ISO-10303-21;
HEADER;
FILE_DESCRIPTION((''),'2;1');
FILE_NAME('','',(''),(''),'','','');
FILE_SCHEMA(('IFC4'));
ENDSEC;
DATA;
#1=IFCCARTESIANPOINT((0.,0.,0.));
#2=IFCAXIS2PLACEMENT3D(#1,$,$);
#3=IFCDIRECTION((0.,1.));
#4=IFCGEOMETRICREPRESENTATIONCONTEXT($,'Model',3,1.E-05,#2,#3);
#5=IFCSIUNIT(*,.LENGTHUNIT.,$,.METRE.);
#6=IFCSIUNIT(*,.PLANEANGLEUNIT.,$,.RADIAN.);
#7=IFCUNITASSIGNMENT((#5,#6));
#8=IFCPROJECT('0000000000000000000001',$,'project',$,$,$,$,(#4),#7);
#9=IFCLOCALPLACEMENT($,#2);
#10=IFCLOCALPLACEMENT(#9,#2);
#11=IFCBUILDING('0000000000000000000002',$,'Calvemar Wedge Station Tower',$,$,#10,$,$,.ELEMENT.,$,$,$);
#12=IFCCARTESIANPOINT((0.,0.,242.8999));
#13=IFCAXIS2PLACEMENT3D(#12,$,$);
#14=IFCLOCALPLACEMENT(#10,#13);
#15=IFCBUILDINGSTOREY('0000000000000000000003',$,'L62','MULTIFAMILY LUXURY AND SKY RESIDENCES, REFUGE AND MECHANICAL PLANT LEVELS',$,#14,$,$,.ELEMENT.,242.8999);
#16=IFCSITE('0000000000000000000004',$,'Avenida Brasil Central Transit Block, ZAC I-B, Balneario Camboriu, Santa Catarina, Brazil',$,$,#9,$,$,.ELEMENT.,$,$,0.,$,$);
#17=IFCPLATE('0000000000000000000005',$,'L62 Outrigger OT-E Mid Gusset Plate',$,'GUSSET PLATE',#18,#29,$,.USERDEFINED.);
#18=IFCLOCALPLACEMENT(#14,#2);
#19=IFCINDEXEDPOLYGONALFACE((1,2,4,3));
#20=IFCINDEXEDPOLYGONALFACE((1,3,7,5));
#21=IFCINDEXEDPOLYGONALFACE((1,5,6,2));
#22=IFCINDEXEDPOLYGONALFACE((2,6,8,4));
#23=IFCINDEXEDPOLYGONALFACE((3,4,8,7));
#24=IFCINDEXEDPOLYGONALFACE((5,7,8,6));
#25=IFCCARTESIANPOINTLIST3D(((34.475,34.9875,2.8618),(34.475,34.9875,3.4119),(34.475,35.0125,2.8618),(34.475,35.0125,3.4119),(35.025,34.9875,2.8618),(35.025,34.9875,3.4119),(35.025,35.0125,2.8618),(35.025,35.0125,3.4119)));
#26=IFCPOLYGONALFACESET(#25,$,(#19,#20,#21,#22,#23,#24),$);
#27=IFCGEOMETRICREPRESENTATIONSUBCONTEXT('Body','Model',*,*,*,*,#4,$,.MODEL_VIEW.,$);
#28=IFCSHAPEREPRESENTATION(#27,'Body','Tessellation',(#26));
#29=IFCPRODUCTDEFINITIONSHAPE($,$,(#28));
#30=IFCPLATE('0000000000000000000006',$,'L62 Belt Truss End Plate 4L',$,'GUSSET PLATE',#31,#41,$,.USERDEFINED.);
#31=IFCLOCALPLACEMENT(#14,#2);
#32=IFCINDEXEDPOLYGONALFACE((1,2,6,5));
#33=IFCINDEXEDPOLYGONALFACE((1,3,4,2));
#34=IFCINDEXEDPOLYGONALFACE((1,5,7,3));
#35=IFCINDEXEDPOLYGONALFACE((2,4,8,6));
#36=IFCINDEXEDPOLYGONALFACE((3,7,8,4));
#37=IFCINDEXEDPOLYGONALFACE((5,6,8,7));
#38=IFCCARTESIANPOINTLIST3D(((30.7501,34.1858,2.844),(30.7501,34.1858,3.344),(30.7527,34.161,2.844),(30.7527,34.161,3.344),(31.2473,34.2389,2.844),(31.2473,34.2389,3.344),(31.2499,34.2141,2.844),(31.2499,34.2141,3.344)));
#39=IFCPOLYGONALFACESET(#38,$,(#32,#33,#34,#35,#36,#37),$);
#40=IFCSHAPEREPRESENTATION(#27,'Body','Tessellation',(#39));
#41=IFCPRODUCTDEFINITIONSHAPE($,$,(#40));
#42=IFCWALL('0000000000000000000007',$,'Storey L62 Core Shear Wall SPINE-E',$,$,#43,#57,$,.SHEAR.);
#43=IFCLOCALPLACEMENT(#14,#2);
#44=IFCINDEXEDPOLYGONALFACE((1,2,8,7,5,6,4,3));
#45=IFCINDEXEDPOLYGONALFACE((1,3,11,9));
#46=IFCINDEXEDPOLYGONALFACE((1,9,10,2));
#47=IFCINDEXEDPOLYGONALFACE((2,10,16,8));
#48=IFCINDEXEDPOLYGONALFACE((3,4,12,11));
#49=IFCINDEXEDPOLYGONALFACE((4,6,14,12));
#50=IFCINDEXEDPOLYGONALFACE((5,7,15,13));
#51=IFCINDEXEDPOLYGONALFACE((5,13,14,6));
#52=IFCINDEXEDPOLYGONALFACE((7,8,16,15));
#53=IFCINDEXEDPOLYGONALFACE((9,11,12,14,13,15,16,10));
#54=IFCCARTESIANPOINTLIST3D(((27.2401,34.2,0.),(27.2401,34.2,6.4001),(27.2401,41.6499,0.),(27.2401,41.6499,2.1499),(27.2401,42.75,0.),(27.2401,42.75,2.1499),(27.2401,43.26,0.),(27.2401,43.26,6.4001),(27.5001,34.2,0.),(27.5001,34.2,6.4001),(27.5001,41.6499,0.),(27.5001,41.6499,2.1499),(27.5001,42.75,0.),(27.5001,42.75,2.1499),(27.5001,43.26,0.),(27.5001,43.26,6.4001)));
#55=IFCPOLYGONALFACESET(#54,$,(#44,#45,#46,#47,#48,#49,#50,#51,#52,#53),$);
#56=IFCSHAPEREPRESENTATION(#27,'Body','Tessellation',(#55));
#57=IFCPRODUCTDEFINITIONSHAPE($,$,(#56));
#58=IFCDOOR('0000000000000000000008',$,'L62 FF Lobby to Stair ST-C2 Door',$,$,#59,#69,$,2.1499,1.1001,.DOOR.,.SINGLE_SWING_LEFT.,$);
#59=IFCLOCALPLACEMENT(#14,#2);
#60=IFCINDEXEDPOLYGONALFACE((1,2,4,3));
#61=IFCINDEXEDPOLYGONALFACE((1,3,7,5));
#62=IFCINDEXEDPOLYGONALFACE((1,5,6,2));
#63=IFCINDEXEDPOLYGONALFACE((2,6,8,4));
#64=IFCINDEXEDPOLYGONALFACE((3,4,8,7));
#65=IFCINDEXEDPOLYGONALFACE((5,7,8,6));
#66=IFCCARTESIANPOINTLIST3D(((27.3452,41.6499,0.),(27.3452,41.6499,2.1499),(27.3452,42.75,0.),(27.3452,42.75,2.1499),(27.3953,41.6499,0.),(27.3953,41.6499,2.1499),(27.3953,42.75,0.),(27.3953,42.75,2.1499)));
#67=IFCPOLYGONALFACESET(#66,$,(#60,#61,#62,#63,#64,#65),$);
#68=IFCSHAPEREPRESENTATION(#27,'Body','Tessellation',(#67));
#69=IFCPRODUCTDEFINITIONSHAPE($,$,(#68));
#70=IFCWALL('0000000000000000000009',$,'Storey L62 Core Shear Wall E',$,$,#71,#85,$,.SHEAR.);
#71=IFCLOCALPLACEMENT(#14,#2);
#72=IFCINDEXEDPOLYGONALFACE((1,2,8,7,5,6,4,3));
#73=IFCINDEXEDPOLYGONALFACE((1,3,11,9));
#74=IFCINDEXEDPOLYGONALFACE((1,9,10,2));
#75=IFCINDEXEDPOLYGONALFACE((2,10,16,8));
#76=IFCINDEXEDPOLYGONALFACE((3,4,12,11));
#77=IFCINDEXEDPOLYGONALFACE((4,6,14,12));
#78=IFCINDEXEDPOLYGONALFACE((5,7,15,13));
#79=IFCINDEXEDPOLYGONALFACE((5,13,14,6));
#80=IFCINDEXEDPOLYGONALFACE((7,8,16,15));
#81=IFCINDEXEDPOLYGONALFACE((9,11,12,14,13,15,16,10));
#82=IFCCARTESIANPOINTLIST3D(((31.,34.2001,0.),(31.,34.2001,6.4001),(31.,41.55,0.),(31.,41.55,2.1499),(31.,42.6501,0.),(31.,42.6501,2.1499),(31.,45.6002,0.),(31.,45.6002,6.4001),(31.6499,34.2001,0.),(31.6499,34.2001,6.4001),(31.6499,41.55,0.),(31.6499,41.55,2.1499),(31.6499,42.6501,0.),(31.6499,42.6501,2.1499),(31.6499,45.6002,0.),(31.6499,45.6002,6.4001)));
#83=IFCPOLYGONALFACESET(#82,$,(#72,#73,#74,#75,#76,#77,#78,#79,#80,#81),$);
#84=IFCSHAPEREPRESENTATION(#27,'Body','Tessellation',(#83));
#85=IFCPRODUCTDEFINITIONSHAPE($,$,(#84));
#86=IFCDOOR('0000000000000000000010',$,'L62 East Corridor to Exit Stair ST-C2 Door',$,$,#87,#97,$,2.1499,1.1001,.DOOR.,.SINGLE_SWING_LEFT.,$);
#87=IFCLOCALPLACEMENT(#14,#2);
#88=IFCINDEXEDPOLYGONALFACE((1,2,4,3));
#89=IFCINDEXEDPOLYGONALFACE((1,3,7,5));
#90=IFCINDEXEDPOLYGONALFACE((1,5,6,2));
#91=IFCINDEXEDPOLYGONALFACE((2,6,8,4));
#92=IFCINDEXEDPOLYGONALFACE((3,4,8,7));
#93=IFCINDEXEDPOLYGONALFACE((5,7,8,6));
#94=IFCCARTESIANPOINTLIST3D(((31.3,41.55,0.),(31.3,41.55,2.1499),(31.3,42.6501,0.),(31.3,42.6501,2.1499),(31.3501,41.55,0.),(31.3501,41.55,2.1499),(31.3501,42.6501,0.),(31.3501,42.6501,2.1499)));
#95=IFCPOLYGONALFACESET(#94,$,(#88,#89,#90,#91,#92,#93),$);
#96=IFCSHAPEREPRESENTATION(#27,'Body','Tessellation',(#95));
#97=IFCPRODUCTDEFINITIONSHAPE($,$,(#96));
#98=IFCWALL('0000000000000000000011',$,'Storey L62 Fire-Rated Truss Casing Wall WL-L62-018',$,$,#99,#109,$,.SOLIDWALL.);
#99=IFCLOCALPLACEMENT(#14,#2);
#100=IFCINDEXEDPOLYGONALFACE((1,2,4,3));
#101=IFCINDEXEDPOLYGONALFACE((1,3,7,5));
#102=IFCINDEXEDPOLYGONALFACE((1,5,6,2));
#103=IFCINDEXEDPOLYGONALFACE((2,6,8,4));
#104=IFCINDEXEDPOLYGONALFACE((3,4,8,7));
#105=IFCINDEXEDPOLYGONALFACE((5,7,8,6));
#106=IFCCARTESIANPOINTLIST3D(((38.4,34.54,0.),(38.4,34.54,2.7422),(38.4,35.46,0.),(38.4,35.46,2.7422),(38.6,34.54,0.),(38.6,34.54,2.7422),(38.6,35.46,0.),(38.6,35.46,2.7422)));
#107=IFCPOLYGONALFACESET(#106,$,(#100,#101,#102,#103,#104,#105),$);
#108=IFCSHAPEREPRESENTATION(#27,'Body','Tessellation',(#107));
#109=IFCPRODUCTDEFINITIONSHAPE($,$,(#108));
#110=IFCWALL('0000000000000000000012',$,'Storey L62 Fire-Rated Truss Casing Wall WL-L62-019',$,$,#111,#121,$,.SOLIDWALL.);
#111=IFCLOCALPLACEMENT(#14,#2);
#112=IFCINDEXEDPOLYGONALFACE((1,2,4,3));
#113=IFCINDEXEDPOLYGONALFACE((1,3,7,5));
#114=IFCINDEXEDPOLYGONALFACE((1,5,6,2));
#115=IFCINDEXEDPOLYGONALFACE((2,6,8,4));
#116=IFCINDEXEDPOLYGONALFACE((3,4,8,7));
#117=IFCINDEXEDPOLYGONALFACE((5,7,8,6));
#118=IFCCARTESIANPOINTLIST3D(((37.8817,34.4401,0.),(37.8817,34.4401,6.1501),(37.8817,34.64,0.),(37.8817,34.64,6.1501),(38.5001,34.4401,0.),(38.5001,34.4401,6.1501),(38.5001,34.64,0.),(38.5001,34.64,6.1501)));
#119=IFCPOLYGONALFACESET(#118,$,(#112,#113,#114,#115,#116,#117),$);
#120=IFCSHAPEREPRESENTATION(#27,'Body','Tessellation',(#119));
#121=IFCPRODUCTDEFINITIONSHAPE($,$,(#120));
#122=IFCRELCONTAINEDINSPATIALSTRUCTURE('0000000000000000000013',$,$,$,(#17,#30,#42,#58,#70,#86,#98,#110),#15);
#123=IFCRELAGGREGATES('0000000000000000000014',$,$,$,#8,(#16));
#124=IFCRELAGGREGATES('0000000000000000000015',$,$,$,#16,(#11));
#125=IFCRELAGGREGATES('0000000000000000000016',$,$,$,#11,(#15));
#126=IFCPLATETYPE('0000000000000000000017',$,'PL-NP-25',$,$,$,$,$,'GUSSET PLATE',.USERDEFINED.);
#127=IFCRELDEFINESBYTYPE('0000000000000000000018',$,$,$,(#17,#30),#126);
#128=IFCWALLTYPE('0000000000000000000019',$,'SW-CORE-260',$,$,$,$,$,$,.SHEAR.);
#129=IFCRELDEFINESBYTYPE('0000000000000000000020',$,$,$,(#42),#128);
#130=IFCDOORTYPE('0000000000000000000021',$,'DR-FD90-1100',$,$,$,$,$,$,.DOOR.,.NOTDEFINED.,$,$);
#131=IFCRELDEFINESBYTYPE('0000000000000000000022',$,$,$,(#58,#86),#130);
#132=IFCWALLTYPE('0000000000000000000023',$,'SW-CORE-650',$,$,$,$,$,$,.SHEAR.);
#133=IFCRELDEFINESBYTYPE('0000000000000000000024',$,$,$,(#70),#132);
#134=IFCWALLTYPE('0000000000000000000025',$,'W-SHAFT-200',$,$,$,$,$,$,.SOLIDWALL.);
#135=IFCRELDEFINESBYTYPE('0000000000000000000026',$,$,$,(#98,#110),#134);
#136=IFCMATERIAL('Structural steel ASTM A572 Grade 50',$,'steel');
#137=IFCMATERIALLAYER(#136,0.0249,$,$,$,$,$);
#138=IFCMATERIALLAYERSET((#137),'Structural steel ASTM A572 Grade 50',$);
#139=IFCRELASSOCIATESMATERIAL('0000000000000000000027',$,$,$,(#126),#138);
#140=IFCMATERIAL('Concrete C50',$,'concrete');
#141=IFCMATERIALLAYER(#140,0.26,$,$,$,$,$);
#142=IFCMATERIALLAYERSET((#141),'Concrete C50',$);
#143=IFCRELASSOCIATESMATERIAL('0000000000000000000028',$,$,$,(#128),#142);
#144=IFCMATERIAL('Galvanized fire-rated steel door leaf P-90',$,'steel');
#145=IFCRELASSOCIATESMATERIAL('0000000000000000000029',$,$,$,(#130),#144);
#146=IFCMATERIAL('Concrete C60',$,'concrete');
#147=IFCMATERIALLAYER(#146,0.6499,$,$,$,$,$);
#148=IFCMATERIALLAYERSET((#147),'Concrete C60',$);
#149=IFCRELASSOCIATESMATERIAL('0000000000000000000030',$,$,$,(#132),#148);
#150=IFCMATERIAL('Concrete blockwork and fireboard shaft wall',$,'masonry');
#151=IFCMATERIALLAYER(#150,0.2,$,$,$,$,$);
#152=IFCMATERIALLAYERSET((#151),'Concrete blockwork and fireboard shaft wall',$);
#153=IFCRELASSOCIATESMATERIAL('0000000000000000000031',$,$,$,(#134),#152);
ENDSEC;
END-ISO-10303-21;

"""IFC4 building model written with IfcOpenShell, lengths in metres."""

from ifc_helpers import new_model, si_unit, direction, frame, frame_2d, origin, origin_2d, place, context, subcontext, project, spatial, rectangle, extrude, source, transform, mapped, material, layer, layer_set, type_object, element, fill, save


model = new_model("IFC4")

# Units and contexts
model_context = context("Model", 3, precision=1e-05, world=origin(), true_north=direction((0.0, 1.0)))
body_context = subcontext(model_context, "Body", "Model", "MODEL_VIEW")
ifc_project = project(units=[si_unit("LENGTHUNIT", "METRE"), si_unit("PLANEANGLEUNIT", "RADIAN")], contexts=[model_context])

# Site, building, storey
site_placement = place(None, origin())
site = spatial("IfcSite", under=ifc_project, at=site_placement, Name="Avenida Brasil Central Transit Block, ZAC I-B, Balneario Camboriu, Santa Catarina, Brazil", CompositionType="ELEMENT", RefElevation=0.0)
building_placement = place(site_placement, origin())
building = spatial("IfcBuilding", under=site, at=building_placement, Name="Calvemar Wedge Station Tower", CompositionType="ELEMENT")
storey_placement = place(building_placement, frame((0.0, 0.0, 242.8999)))
storey = spatial("IfcBuildingStorey", under=building, at=storey_placement, Name="L62", Description="MULTIFAMILY LUXURY AND SKY RESIDENCES, REFUGE AND MECHANICAL PLANT LEVELS", CompositionType="ELEMENT", Elevation=242.8999)

# Shared definitions
ifc_material_1 = material(Name="Concrete C50", Category="concrete")

# Shared definitions
ifc_material_2 = material(Name="Structural steel ASTM A572 Grade 50", Category="steel")

# Plates
ifc_layer_1 = layer(ifc_material_2, 0.0249)
ifc_layer_set_1 = layer_set([ifc_layer_1], Name="Structural steel ASTM A572 Grade 50")
plate_type_1 = type_object("IfcPlateType", Name="PL-NP-25", ElementType="GUSSET PLATE", PredefinedType="USERDEFINED", material=ifc_layer_set_1)
shared_shape_1 = source(origin(), body_context, "Body", "SweptSolid", [
    extrude(rectangle(XDim=0.55, YDim=0.0249, at=origin_2d()), origin(), (0.0, 0.0, 1.0), 0.55),
])
plate_1_placement = place(storey_placement, frame((34.75, 35.0, 2.8618), z_axis=(0.0, 0.0, 1.0), x_axis=(1.0, 0.0, 0.0)))
element("IfcPlate", 1, at=plate_1_placement, inside=storey, type_object=plate_type_1, Name="L62 Outrigger OT-E Mid Gusset Plate", ObjectType="GUSSET PLATE", PredefinedType="USERDEFINED", context=body_context, shape_type="MappedRepresentation", body=[
    mapped(shared_shape_1, transform((0.0, 0.0, 0.0), scale=1.0)),
])
shared_shape_2 = source(origin(), body_context, "Body", "SweptSolid", [
    extrude(rectangle(XDim=0.5, YDim=0.0249, at=origin_2d()), origin(), (0.0, 0.0, 1.0), 0.5),
])
plate_2_placement = place(storey_placement, frame((31.0, 34.2, 2.844), z_axis=(0.0, 0.0, 1.0), x_axis=(0.994356, 0.106091, 0.0)))
element("IfcPlate", 2, at=plate_2_placement, inside=storey, type_object=plate_type_1, Name="L62 Belt Truss End Plate 4L", ObjectType="GUSSET PLATE", PredefinedType="USERDEFINED", context=body_context, shape_type="MappedRepresentation", body=[
    mapped(shared_shape_2, transform((0.0, 0.0, 0.0), scale=1.0)),
])

# Walls, openings, doors
ifc_layer_2 = layer(ifc_material_1, 0.26)
ifc_layer_set_2 = layer_set([ifc_layer_2], Name="Concrete C50")
wall_type_1 = type_object("IfcWallType", Name="SW-CORE-260", PredefinedType="SHEAR", material=ifc_layer_set_2)
wall_1_placement = place(storey_placement, frame((27.3701, 34.2, 0.0), z_axis=(0.0, 0.0, 1.0), x_axis=(0.0, 1.0, 0.0)))
wall_1 = element("IfcWall", 3, at=wall_1_placement, inside=storey, type_object=wall_type_1, Name="Storey L62 Core Shear Wall SPINE-E", PredefinedType="SHEAR", context=body_context, shape_type="SweptSolid", body=[
    extrude(rectangle(XDim=9.0601, YDim=0.26, at=frame_2d((4.53, 0.0))), origin(), (0.0, 0.0, 1.0), 6.4001),
])
shared_shape_3 = source(origin(), body_context, "Body", "SweptSolid", [
    extrude(rectangle(XDim=1.1001, YDim=2.1499, at=frame_2d((0.55, 1.075))), frame((0.0, 0.1401, 0.0), z_axis=(0.0, -1.0, 0.0), x_axis=(1.0, 0.0, 0.0)), (0.0, 0.0, 1.0), 0.28),
])
opening_1_placement = place(wall_1_placement, frame((7.45, 0.0, 0.0)))
opening_1 = element("IfcOpeningElement", 4, at=opening_1_placement, cuts=wall_1, PredefinedType="OPENING", context=body_context, shape_type="MappedRepresentation", body=[
    mapped(shared_shape_3, transform((0.0, 0.0, 0.0), scale=1.0)),
])
ifc_material_3 = material(Name="Galvanized fire-rated steel door leaf P-90", Category="steel")
door_type = type_object("IfcDoorType", Name="DR-FD90-1100", OperationType="NOTDEFINED", PredefinedType="DOOR", material=ifc_material_3)
shared_shape_4 = source(origin(), body_context, "Body", "SweptSolid", [
    extrude(rectangle(XDim=1.1001, YDim=2.1499, at=frame_2d((0.55, 1.075))), frame((0.0, 0.0249, 0.0), z_axis=(0.0, -1.0, 0.0), x_axis=(1.0, 0.0, 0.0)), (0.0, 0.0, 1.0), 0.05),
])
door_1_placement = place(opening_1_placement, origin())
door_1 = element("IfcDoor", 5, at=door_1_placement, inside=storey, type_object=door_type, Name="L62 FF Lobby to Stair ST-C2 Door", OperationType="SINGLE_SWING_LEFT", OverallHeight=2.1499, OverallWidth=1.1001, PredefinedType="DOOR", context=body_context, shape_type="MappedRepresentation", body=[
    mapped(shared_shape_4, transform((0.0, 0.0, 0.0), scale=1.0)),
])
fill(opening_1, door_1)
ifc_material_4 = material(Name="Concrete C60", Category="concrete")
ifc_layer_3 = layer(ifc_material_4, 0.6499)
ifc_layer_set_3 = layer_set([ifc_layer_3], Name="Concrete C60")
wall_type_2 = type_object("IfcWallType", Name="SW-CORE-650", PredefinedType="SHEAR", material=ifc_layer_set_3)
wall_2_placement = place(storey_placement, frame((31.325, 34.2, 0.0), z_axis=(0.0, 0.0, 1.0), x_axis=(0.0, 1.0, 0.0)))
wall_2 = element("IfcWall", 6, at=wall_2_placement, inside=storey, type_object=wall_type_2, Name="Storey L62 Core Shear Wall E", PredefinedType="SHEAR", context=body_context, shape_type="SweptSolid", body=[
    extrude(rectangle(XDim=11.4001, YDim=0.6499, at=frame_2d((5.7002, 0.0))), origin(), (0.0, 0.0, 1.0), 6.4001),
])
shared_shape_5 = source(origin(), body_context, "Body", "SweptSolid", [
    extrude(rectangle(XDim=1.1001, YDim=2.1499, at=frame_2d((0.55, 1.075))), frame((0.0, 0.335, 0.0), z_axis=(0.0, -1.0, 0.0), x_axis=(1.0, 0.0, 0.0)), (0.0, 0.0, 1.0), 0.6699),
])
opening_2_placement = place(wall_2_placement, frame((7.3501, 0.0, 0.0)))
opening_2 = element("IfcOpeningElement", 7, at=opening_2_placement, cuts=wall_2, PredefinedType="OPENING", context=body_context, shape_type="MappedRepresentation", body=[
    mapped(shared_shape_5, transform((0.0, 0.0, 0.0), scale=1.0)),
])
door_2_placement = place(opening_2_placement, origin())
door_2 = element("IfcDoor", 8, at=door_2_placement, inside=storey, type_object=door_type, Name="L62 East Corridor to Exit Stair ST-C2 Door", OperationType="SINGLE_SWING_LEFT", OverallHeight=2.1499, OverallWidth=1.1001, PredefinedType="DOOR", context=body_context, shape_type="MappedRepresentation", body=[
    mapped(shared_shape_4, transform((0.0, 0.0, 0.0), scale=1.0)),
])
fill(opening_2, door_2)

# Walls
ifc_material_5 = material(Name="Concrete blockwork and fireboard shaft wall", Category="masonry")
ifc_layer_4 = layer(ifc_material_5, 0.2)
ifc_layer_set_4 = layer_set([ifc_layer_4], Name="Concrete blockwork and fireboard shaft wall")
wall_type_3 = type_object("IfcWallType", Name="W-SHAFT-200", PredefinedType="SOLIDWALL", material=ifc_layer_set_4)
wall_3_placement = place(storey_placement, frame((38.5, 35.46, 0.0), z_axis=(0.0, 0.0, 1.0), x_axis=(0.0, -1.0, 0.0)))
element("IfcWall", 9, at=wall_3_placement, inside=storey, type_object=wall_type_3, Name="Storey L62 Fire-Rated Truss Casing Wall WL-L62-018", PredefinedType="SOLIDWALL", context=body_context, shape_type="SweptSolid", body=[
    extrude(rectangle(XDim=0.9199, YDim=0.2, at=frame_2d((0.46, 0.0))), origin(), (0.0, 0.0, 1.0), 2.7422),
])
wall_4_placement = place(storey_placement, frame((38.5, 34.54, 0.0), z_axis=(0.0, 0.0, 1.0), x_axis=(-1.0, 0.0, 0.0)))
element("IfcWall", 10, at=wall_4_placement, inside=storey, type_object=wall_type_3, Name="Storey L62 Fire-Rated Truss Casing Wall WL-L62-019", PredefinedType="SOLIDWALL", context=body_context, shape_type="SweptSolid", body=[
    extrude(rectangle(XDim=0.6184, YDim=0.2, at=frame_2d((0.3091, 0.0))), origin(), (0.0, 0.0, 1.0), 6.1501),
])

save(model, "model.ifc")
